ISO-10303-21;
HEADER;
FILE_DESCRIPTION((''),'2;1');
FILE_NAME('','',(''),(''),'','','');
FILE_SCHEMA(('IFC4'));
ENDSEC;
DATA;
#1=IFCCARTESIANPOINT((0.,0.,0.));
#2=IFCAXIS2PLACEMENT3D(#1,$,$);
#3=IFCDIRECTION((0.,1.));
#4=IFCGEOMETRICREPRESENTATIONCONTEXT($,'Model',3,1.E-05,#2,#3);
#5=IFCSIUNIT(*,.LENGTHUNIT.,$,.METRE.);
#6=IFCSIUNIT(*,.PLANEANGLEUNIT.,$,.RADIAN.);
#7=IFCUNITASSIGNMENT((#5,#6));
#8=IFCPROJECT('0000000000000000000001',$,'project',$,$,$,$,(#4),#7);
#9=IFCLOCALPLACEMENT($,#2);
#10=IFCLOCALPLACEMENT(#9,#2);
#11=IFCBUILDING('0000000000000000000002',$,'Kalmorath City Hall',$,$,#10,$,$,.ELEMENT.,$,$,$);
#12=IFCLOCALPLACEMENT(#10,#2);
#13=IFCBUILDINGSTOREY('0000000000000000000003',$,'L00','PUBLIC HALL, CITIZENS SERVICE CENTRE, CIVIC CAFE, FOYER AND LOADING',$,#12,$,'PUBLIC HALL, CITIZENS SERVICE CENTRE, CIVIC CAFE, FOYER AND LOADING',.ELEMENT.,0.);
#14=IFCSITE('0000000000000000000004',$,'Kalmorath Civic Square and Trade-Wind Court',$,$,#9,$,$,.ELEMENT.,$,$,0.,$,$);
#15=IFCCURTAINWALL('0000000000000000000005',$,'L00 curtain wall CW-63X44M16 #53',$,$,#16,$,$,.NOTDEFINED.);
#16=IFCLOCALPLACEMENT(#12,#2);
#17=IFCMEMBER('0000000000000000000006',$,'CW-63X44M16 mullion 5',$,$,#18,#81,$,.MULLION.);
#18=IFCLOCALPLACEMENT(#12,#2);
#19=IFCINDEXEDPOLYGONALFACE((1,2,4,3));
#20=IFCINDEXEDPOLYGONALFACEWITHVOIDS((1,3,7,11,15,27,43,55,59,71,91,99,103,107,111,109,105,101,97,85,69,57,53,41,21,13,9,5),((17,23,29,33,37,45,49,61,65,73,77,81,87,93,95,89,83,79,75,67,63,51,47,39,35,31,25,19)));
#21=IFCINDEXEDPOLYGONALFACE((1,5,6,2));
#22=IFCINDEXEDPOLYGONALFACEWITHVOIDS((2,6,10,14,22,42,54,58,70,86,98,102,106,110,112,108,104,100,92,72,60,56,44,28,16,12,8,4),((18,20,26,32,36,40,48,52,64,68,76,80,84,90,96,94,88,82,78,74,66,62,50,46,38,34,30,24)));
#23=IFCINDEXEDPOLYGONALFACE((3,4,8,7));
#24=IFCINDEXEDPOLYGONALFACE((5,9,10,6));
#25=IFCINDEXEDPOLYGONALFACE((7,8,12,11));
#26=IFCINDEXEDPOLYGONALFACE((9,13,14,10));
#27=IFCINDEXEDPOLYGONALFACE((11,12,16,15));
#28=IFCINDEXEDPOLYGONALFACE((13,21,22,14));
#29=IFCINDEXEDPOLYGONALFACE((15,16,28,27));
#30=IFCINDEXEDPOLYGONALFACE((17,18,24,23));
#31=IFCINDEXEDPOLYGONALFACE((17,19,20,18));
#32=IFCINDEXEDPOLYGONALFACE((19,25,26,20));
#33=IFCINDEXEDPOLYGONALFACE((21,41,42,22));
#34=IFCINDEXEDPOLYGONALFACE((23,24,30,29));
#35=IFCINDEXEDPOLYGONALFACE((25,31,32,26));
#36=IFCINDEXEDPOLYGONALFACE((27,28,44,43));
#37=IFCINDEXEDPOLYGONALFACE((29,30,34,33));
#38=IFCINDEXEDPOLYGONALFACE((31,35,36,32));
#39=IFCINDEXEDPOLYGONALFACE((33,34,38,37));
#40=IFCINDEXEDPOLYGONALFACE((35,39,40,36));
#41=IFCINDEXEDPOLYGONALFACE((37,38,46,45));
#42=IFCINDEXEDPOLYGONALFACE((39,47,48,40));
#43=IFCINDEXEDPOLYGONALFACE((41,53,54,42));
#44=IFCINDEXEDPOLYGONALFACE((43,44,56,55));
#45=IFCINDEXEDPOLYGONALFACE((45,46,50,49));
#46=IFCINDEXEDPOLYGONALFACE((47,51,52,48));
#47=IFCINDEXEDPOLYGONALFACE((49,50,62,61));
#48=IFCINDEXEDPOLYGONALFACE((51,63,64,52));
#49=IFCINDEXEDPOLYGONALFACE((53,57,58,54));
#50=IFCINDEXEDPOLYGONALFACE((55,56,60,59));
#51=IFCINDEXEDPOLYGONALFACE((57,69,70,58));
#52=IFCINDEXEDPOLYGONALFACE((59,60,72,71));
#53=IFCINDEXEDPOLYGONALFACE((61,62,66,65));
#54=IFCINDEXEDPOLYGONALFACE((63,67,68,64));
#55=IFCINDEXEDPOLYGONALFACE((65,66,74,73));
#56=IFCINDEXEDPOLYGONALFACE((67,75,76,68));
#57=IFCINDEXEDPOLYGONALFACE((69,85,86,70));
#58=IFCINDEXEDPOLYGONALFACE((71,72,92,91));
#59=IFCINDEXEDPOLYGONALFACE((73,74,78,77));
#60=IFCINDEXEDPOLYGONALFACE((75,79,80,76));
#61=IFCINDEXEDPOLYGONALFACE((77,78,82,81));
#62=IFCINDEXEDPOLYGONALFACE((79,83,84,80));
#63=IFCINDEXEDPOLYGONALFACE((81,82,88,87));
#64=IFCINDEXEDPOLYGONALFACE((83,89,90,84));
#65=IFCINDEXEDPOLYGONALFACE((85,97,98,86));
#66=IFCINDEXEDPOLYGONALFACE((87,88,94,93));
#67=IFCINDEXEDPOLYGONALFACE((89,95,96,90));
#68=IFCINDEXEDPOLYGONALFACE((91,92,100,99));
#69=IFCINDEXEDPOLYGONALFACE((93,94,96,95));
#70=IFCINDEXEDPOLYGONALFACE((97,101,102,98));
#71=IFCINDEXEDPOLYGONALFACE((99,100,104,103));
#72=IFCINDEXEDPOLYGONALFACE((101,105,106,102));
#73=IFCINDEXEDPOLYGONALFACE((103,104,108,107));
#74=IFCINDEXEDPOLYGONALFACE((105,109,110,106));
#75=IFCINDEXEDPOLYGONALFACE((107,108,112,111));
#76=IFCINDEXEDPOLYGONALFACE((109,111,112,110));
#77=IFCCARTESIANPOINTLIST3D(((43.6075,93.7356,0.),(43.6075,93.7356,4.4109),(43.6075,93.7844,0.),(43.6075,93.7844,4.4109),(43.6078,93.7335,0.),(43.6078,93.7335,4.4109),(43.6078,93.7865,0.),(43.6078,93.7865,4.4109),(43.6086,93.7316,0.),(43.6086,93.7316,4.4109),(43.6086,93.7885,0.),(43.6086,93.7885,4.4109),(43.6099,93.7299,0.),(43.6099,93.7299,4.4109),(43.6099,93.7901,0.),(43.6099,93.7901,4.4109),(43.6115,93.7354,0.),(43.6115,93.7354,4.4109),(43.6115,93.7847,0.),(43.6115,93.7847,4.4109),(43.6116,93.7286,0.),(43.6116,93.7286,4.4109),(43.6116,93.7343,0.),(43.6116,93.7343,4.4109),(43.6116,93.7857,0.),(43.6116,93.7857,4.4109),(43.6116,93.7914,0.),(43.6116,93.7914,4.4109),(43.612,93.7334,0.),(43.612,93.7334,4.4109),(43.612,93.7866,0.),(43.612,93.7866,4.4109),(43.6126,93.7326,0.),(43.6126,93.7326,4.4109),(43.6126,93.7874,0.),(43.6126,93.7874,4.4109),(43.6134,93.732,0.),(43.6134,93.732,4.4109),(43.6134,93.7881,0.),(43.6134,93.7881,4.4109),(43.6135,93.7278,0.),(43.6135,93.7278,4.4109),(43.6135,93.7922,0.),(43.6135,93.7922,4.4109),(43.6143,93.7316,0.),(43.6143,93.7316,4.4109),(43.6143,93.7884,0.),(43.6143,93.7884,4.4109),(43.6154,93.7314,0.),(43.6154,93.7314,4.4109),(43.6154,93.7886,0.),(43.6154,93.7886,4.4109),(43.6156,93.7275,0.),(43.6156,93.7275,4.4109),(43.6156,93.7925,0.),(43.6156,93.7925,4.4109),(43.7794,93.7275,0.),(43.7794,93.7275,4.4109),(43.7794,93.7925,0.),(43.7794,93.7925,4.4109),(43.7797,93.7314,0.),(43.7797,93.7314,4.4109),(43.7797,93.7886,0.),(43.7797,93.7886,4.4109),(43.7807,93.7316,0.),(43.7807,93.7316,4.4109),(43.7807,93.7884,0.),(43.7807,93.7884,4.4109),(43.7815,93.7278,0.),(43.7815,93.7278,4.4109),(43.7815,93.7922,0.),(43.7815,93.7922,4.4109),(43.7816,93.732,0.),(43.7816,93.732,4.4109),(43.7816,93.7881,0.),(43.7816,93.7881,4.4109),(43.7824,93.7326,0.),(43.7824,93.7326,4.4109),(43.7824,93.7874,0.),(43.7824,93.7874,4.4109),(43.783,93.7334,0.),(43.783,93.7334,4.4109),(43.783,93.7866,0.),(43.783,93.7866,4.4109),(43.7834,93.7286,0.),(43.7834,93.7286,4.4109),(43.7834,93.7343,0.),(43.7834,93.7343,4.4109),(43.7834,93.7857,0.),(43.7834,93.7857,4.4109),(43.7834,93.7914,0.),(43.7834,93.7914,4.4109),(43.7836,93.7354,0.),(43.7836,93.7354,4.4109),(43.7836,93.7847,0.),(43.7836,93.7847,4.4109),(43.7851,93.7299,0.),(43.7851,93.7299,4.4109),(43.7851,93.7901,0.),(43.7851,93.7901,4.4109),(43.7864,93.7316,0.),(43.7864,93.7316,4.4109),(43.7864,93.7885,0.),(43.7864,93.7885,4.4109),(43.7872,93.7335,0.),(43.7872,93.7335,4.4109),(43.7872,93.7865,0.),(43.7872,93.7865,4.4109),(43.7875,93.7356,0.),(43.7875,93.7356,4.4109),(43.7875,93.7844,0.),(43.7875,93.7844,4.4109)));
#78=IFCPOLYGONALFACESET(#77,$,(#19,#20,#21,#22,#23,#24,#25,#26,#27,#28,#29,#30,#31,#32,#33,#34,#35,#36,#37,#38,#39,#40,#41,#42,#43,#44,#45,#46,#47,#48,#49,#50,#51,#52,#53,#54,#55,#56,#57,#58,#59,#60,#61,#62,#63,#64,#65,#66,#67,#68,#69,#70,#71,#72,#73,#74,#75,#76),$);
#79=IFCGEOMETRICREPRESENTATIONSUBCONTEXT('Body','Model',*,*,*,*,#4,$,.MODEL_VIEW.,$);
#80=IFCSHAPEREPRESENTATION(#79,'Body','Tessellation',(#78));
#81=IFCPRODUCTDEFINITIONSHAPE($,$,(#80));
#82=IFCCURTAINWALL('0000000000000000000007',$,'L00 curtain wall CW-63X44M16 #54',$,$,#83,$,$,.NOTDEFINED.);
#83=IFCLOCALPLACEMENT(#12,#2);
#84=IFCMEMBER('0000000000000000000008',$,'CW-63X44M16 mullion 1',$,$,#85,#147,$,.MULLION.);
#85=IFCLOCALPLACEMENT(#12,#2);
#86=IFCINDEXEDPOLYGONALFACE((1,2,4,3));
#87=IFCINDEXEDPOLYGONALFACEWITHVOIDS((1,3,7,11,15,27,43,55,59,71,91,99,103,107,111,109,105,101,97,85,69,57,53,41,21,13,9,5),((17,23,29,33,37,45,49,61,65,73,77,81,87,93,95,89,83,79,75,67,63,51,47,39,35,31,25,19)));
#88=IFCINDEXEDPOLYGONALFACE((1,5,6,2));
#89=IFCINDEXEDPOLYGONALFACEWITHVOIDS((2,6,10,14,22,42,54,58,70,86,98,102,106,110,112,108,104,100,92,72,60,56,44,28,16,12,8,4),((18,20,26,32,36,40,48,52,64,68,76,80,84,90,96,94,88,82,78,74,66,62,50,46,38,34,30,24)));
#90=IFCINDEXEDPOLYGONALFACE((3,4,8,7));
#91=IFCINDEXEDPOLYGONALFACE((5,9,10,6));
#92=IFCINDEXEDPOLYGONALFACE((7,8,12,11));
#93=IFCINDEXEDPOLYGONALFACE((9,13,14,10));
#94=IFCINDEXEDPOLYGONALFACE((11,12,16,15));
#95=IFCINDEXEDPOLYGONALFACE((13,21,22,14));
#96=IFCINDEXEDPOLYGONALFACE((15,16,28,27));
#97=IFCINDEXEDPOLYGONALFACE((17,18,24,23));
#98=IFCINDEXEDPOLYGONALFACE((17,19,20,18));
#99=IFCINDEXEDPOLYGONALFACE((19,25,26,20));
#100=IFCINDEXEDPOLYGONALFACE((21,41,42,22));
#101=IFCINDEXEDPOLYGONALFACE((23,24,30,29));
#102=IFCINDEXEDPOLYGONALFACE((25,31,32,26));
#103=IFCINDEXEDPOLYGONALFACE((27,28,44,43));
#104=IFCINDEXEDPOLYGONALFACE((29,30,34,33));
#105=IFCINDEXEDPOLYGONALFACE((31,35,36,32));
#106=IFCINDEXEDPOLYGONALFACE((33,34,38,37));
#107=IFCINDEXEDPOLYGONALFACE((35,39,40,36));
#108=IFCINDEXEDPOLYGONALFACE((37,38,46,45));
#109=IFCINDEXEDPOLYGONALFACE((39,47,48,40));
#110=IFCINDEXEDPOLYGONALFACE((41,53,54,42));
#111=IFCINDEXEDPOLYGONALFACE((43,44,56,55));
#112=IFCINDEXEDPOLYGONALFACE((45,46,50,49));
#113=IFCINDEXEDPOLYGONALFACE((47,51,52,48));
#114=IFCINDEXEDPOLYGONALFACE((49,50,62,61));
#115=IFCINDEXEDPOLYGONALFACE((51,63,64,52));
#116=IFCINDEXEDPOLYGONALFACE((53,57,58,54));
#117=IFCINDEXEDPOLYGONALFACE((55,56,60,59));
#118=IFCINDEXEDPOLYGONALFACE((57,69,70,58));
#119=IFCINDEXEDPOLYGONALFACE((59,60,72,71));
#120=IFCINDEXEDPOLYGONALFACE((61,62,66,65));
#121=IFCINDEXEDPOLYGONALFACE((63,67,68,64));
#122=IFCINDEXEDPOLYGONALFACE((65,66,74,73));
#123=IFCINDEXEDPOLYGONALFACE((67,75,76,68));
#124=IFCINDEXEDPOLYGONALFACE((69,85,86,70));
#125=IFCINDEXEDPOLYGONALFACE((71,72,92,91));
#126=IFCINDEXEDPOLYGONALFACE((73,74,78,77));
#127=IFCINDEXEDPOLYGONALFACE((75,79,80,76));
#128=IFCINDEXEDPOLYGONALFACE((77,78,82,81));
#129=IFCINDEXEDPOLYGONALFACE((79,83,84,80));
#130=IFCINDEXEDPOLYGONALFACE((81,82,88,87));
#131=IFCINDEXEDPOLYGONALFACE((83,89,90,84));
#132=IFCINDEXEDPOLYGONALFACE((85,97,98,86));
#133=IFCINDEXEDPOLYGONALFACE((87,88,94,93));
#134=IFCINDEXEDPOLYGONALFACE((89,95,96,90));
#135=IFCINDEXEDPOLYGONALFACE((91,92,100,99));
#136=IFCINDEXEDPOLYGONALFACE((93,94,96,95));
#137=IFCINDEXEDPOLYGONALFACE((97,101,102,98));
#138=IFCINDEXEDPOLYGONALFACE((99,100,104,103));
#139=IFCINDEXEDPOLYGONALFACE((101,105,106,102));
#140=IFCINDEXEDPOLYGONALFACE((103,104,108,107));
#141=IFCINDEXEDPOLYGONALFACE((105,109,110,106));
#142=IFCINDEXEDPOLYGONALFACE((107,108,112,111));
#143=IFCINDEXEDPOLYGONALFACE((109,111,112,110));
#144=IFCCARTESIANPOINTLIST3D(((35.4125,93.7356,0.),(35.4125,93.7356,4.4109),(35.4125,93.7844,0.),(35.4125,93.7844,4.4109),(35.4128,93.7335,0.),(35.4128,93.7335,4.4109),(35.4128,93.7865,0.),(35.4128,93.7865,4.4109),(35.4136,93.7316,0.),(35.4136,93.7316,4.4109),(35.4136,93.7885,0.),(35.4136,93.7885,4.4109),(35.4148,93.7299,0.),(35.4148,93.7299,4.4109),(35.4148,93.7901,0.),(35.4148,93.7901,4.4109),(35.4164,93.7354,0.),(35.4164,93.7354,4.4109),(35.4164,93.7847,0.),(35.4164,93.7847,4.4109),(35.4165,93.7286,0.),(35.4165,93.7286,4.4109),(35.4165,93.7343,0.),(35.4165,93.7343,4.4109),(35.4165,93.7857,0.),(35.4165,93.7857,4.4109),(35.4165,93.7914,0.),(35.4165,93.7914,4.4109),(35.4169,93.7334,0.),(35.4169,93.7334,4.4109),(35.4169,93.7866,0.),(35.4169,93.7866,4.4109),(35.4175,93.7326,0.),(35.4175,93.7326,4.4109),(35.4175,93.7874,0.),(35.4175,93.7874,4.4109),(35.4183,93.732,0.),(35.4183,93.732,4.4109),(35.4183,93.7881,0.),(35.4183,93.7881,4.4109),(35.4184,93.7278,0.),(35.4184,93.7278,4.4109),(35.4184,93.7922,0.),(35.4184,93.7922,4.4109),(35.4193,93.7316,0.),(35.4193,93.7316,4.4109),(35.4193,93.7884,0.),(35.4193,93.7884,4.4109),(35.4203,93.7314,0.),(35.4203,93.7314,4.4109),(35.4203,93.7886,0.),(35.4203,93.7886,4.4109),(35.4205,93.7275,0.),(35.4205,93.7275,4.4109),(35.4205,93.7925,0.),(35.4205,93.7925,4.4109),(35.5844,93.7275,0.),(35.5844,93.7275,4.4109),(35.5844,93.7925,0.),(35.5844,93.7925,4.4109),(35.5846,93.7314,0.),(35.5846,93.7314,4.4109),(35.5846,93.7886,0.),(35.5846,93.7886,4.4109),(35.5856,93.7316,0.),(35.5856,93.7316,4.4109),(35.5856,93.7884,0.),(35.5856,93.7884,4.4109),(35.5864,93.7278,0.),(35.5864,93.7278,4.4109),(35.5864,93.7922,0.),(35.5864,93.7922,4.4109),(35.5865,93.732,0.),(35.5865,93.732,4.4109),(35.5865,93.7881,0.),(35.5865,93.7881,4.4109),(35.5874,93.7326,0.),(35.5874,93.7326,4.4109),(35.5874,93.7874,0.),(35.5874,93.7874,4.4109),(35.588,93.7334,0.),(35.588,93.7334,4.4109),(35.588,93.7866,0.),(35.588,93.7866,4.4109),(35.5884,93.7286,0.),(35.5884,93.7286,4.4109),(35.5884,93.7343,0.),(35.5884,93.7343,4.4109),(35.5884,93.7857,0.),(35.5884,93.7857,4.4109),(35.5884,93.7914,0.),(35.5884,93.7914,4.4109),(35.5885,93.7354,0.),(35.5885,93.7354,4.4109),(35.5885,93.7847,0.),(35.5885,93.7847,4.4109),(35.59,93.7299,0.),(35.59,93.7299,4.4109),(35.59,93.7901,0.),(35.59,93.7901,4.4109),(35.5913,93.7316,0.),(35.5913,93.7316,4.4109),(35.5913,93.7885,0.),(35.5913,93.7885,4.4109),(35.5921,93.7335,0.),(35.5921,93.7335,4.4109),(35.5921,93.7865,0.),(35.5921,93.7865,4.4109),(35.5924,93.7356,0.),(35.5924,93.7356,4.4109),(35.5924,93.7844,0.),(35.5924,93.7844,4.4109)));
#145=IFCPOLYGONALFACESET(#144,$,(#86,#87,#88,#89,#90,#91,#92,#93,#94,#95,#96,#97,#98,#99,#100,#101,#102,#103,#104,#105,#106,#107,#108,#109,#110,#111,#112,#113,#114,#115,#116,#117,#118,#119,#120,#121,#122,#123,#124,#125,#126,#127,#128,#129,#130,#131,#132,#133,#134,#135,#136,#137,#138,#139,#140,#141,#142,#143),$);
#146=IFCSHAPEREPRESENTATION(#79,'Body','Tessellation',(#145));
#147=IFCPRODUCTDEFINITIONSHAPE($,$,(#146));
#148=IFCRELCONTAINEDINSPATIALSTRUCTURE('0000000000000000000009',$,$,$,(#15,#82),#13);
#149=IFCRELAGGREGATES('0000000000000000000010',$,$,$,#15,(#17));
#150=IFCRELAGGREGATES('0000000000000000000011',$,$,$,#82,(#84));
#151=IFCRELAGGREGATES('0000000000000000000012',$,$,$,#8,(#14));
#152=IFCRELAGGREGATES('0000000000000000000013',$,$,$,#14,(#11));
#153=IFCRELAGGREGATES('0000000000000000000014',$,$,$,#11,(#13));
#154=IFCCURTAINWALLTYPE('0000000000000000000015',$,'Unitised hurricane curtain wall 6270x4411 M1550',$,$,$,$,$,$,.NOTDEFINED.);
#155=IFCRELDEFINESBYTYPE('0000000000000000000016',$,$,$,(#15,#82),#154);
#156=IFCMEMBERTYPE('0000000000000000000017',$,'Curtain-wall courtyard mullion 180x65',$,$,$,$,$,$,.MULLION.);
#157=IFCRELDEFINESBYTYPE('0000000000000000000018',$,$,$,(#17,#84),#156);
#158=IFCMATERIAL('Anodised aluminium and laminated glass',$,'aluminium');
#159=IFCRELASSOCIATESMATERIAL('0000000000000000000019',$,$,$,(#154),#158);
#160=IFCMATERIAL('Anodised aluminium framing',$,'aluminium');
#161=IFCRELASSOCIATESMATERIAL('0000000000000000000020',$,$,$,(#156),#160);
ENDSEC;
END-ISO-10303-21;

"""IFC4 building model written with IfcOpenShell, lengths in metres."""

from ifc_helpers import new_model, si_unit, direction, frame, origin, origin_2d, place, context, subcontext, project, spatial, hollow_rectangle, extrude, material, material_profile, profile_set, type_object, element, aggregate, save


model = new_model("IFC4")

# Units and contexts
model_context = context("Model", 3, precision=1e-05, world=origin(), true_north=direction((0.0, 1.0)))
body_context = subcontext(model_context, "Body", "Model", "MODEL_VIEW")
ifc_project = project(units=[si_unit("LENGTHUNIT", "METRE"), si_unit("PLANEANGLEUNIT", "RADIAN")], contexts=[model_context])

# Site, building, storey
site_placement = place(None, origin())
site = spatial("IfcSite", under=ifc_project, at=site_placement, Name="Kalmorath Civic Square and Trade-Wind Court", CompositionType="ELEMENT", RefElevation=0.0)
building_placement = place(site_placement, origin())
building = spatial("IfcBuilding", under=site, at=building_placement, Name="Kalmorath City Hall", CompositionType="ELEMENT")
storey_placement = place(building_placement, origin())
storey = spatial("IfcBuildingStorey", under=building, at=storey_placement, Name="L00", Description="PUBLIC HALL, CITIZENS SERVICE CENTRE, CIVIC CAFE, FOYER AND LOADING", LongName="PUBLIC HALL, CITIZENS SERVICE CENTRE, CIVIC CAFE, FOYER AND LOADING", CompositionType="ELEMENT", Elevation=0.0)

# Curtain wall, member
ifc_material_1 = material(Name="Anodised aluminium and laminated glass", Category="aluminium")
curtain_wall_type = type_object("IfcCurtainWallType", Name="Unitised hurricane curtain wall 6270x4411 M1550", PredefinedType="NOTDEFINED", material=ifc_material_1)
curtain_wall_1_placement = place(storey_placement, origin())
curtain_wall_1 = element("IfcCurtainWall", 1, at=curtain_wall_1_placement, inside=storey, type_object=curtain_wall_type, Name="L00 curtain wall CW-63X44M16 #53", PredefinedType="NOTDEFINED")
ifc_material_2 = material(Name="Anodised aluminium framing", Category="aluminium")
ifc_material_profile_1 = material_profile(ifc_material_2, hollow_rectangle(XDim=0.0649, YDim=0.1799, WallThickness=0.0039, InnerFilletRadius=0.0039, OuterFilletRadius=0.0081, at=origin_2d()), Name="ALU-MUL-180X65X4")
ifc_profile_set_1 = profile_set([ifc_material_profile_1], Name="Anodised aluminium framing")
member_type_1 = type_object("IfcMemberType", Name="Curtain-wall courtyard mullion 180x65", PredefinedType="MULLION", material=ifc_profile_set_1)
member_1_placement = place(storey_placement, frame((43.6975, 93.76, 0.0), z_axis=(0.0, 0.0, 1.0), x_axis=(0.0, -1.0, 0.0)))
member_1 = element("IfcMember", 2, at=member_1_placement, type_object=member_type_1, Name="CW-63X44M16 mullion 5", PredefinedType="MULLION", context=body_context, shape_type="SweptSolid", body=[
    extrude(hollow_rectangle(XDim=0.0649, YDim=0.1799, WallThickness=0.0039, InnerFilletRadius=0.0039, OuterFilletRadius=0.0081, at=origin_2d()), origin(), (0.0, 0.0, 1.0), 4.4109),
])

# Curtain wall, member
curtain_wall_2_placement = place(storey_placement, origin())
curtain_wall_2 = element("IfcCurtainWall", 3, at=curtain_wall_2_placement, inside=storey, type_object=curtain_wall_type, Name="L00 curtain wall CW-63X44M16 #54", PredefinedType="NOTDEFINED")
member_2_placement = place(storey_placement, frame((35.5024, 93.76, 0.0), z_axis=(0.0, 0.0, 1.0), x_axis=(0.0, -1.0, 0.0)))
member_2 = element("IfcMember", 4, at=member_2_placement, type_object=member_type_1, Name="CW-63X44M16 mullion 1", PredefinedType="MULLION", context=body_context, shape_type="SweptSolid", body=[
    extrude(hollow_rectangle(XDim=0.0649, YDim=0.1799, WallThickness=0.0039, InnerFilletRadius=0.0039, OuterFilletRadius=0.0081, at=origin_2d()), origin(), (0.0, 0.0, 1.0), 4.4109),
])

aggregate(curtain_wall_1, [member_1])
aggregate(curtain_wall_2, [member_2])

save(model, "model.ifc")
